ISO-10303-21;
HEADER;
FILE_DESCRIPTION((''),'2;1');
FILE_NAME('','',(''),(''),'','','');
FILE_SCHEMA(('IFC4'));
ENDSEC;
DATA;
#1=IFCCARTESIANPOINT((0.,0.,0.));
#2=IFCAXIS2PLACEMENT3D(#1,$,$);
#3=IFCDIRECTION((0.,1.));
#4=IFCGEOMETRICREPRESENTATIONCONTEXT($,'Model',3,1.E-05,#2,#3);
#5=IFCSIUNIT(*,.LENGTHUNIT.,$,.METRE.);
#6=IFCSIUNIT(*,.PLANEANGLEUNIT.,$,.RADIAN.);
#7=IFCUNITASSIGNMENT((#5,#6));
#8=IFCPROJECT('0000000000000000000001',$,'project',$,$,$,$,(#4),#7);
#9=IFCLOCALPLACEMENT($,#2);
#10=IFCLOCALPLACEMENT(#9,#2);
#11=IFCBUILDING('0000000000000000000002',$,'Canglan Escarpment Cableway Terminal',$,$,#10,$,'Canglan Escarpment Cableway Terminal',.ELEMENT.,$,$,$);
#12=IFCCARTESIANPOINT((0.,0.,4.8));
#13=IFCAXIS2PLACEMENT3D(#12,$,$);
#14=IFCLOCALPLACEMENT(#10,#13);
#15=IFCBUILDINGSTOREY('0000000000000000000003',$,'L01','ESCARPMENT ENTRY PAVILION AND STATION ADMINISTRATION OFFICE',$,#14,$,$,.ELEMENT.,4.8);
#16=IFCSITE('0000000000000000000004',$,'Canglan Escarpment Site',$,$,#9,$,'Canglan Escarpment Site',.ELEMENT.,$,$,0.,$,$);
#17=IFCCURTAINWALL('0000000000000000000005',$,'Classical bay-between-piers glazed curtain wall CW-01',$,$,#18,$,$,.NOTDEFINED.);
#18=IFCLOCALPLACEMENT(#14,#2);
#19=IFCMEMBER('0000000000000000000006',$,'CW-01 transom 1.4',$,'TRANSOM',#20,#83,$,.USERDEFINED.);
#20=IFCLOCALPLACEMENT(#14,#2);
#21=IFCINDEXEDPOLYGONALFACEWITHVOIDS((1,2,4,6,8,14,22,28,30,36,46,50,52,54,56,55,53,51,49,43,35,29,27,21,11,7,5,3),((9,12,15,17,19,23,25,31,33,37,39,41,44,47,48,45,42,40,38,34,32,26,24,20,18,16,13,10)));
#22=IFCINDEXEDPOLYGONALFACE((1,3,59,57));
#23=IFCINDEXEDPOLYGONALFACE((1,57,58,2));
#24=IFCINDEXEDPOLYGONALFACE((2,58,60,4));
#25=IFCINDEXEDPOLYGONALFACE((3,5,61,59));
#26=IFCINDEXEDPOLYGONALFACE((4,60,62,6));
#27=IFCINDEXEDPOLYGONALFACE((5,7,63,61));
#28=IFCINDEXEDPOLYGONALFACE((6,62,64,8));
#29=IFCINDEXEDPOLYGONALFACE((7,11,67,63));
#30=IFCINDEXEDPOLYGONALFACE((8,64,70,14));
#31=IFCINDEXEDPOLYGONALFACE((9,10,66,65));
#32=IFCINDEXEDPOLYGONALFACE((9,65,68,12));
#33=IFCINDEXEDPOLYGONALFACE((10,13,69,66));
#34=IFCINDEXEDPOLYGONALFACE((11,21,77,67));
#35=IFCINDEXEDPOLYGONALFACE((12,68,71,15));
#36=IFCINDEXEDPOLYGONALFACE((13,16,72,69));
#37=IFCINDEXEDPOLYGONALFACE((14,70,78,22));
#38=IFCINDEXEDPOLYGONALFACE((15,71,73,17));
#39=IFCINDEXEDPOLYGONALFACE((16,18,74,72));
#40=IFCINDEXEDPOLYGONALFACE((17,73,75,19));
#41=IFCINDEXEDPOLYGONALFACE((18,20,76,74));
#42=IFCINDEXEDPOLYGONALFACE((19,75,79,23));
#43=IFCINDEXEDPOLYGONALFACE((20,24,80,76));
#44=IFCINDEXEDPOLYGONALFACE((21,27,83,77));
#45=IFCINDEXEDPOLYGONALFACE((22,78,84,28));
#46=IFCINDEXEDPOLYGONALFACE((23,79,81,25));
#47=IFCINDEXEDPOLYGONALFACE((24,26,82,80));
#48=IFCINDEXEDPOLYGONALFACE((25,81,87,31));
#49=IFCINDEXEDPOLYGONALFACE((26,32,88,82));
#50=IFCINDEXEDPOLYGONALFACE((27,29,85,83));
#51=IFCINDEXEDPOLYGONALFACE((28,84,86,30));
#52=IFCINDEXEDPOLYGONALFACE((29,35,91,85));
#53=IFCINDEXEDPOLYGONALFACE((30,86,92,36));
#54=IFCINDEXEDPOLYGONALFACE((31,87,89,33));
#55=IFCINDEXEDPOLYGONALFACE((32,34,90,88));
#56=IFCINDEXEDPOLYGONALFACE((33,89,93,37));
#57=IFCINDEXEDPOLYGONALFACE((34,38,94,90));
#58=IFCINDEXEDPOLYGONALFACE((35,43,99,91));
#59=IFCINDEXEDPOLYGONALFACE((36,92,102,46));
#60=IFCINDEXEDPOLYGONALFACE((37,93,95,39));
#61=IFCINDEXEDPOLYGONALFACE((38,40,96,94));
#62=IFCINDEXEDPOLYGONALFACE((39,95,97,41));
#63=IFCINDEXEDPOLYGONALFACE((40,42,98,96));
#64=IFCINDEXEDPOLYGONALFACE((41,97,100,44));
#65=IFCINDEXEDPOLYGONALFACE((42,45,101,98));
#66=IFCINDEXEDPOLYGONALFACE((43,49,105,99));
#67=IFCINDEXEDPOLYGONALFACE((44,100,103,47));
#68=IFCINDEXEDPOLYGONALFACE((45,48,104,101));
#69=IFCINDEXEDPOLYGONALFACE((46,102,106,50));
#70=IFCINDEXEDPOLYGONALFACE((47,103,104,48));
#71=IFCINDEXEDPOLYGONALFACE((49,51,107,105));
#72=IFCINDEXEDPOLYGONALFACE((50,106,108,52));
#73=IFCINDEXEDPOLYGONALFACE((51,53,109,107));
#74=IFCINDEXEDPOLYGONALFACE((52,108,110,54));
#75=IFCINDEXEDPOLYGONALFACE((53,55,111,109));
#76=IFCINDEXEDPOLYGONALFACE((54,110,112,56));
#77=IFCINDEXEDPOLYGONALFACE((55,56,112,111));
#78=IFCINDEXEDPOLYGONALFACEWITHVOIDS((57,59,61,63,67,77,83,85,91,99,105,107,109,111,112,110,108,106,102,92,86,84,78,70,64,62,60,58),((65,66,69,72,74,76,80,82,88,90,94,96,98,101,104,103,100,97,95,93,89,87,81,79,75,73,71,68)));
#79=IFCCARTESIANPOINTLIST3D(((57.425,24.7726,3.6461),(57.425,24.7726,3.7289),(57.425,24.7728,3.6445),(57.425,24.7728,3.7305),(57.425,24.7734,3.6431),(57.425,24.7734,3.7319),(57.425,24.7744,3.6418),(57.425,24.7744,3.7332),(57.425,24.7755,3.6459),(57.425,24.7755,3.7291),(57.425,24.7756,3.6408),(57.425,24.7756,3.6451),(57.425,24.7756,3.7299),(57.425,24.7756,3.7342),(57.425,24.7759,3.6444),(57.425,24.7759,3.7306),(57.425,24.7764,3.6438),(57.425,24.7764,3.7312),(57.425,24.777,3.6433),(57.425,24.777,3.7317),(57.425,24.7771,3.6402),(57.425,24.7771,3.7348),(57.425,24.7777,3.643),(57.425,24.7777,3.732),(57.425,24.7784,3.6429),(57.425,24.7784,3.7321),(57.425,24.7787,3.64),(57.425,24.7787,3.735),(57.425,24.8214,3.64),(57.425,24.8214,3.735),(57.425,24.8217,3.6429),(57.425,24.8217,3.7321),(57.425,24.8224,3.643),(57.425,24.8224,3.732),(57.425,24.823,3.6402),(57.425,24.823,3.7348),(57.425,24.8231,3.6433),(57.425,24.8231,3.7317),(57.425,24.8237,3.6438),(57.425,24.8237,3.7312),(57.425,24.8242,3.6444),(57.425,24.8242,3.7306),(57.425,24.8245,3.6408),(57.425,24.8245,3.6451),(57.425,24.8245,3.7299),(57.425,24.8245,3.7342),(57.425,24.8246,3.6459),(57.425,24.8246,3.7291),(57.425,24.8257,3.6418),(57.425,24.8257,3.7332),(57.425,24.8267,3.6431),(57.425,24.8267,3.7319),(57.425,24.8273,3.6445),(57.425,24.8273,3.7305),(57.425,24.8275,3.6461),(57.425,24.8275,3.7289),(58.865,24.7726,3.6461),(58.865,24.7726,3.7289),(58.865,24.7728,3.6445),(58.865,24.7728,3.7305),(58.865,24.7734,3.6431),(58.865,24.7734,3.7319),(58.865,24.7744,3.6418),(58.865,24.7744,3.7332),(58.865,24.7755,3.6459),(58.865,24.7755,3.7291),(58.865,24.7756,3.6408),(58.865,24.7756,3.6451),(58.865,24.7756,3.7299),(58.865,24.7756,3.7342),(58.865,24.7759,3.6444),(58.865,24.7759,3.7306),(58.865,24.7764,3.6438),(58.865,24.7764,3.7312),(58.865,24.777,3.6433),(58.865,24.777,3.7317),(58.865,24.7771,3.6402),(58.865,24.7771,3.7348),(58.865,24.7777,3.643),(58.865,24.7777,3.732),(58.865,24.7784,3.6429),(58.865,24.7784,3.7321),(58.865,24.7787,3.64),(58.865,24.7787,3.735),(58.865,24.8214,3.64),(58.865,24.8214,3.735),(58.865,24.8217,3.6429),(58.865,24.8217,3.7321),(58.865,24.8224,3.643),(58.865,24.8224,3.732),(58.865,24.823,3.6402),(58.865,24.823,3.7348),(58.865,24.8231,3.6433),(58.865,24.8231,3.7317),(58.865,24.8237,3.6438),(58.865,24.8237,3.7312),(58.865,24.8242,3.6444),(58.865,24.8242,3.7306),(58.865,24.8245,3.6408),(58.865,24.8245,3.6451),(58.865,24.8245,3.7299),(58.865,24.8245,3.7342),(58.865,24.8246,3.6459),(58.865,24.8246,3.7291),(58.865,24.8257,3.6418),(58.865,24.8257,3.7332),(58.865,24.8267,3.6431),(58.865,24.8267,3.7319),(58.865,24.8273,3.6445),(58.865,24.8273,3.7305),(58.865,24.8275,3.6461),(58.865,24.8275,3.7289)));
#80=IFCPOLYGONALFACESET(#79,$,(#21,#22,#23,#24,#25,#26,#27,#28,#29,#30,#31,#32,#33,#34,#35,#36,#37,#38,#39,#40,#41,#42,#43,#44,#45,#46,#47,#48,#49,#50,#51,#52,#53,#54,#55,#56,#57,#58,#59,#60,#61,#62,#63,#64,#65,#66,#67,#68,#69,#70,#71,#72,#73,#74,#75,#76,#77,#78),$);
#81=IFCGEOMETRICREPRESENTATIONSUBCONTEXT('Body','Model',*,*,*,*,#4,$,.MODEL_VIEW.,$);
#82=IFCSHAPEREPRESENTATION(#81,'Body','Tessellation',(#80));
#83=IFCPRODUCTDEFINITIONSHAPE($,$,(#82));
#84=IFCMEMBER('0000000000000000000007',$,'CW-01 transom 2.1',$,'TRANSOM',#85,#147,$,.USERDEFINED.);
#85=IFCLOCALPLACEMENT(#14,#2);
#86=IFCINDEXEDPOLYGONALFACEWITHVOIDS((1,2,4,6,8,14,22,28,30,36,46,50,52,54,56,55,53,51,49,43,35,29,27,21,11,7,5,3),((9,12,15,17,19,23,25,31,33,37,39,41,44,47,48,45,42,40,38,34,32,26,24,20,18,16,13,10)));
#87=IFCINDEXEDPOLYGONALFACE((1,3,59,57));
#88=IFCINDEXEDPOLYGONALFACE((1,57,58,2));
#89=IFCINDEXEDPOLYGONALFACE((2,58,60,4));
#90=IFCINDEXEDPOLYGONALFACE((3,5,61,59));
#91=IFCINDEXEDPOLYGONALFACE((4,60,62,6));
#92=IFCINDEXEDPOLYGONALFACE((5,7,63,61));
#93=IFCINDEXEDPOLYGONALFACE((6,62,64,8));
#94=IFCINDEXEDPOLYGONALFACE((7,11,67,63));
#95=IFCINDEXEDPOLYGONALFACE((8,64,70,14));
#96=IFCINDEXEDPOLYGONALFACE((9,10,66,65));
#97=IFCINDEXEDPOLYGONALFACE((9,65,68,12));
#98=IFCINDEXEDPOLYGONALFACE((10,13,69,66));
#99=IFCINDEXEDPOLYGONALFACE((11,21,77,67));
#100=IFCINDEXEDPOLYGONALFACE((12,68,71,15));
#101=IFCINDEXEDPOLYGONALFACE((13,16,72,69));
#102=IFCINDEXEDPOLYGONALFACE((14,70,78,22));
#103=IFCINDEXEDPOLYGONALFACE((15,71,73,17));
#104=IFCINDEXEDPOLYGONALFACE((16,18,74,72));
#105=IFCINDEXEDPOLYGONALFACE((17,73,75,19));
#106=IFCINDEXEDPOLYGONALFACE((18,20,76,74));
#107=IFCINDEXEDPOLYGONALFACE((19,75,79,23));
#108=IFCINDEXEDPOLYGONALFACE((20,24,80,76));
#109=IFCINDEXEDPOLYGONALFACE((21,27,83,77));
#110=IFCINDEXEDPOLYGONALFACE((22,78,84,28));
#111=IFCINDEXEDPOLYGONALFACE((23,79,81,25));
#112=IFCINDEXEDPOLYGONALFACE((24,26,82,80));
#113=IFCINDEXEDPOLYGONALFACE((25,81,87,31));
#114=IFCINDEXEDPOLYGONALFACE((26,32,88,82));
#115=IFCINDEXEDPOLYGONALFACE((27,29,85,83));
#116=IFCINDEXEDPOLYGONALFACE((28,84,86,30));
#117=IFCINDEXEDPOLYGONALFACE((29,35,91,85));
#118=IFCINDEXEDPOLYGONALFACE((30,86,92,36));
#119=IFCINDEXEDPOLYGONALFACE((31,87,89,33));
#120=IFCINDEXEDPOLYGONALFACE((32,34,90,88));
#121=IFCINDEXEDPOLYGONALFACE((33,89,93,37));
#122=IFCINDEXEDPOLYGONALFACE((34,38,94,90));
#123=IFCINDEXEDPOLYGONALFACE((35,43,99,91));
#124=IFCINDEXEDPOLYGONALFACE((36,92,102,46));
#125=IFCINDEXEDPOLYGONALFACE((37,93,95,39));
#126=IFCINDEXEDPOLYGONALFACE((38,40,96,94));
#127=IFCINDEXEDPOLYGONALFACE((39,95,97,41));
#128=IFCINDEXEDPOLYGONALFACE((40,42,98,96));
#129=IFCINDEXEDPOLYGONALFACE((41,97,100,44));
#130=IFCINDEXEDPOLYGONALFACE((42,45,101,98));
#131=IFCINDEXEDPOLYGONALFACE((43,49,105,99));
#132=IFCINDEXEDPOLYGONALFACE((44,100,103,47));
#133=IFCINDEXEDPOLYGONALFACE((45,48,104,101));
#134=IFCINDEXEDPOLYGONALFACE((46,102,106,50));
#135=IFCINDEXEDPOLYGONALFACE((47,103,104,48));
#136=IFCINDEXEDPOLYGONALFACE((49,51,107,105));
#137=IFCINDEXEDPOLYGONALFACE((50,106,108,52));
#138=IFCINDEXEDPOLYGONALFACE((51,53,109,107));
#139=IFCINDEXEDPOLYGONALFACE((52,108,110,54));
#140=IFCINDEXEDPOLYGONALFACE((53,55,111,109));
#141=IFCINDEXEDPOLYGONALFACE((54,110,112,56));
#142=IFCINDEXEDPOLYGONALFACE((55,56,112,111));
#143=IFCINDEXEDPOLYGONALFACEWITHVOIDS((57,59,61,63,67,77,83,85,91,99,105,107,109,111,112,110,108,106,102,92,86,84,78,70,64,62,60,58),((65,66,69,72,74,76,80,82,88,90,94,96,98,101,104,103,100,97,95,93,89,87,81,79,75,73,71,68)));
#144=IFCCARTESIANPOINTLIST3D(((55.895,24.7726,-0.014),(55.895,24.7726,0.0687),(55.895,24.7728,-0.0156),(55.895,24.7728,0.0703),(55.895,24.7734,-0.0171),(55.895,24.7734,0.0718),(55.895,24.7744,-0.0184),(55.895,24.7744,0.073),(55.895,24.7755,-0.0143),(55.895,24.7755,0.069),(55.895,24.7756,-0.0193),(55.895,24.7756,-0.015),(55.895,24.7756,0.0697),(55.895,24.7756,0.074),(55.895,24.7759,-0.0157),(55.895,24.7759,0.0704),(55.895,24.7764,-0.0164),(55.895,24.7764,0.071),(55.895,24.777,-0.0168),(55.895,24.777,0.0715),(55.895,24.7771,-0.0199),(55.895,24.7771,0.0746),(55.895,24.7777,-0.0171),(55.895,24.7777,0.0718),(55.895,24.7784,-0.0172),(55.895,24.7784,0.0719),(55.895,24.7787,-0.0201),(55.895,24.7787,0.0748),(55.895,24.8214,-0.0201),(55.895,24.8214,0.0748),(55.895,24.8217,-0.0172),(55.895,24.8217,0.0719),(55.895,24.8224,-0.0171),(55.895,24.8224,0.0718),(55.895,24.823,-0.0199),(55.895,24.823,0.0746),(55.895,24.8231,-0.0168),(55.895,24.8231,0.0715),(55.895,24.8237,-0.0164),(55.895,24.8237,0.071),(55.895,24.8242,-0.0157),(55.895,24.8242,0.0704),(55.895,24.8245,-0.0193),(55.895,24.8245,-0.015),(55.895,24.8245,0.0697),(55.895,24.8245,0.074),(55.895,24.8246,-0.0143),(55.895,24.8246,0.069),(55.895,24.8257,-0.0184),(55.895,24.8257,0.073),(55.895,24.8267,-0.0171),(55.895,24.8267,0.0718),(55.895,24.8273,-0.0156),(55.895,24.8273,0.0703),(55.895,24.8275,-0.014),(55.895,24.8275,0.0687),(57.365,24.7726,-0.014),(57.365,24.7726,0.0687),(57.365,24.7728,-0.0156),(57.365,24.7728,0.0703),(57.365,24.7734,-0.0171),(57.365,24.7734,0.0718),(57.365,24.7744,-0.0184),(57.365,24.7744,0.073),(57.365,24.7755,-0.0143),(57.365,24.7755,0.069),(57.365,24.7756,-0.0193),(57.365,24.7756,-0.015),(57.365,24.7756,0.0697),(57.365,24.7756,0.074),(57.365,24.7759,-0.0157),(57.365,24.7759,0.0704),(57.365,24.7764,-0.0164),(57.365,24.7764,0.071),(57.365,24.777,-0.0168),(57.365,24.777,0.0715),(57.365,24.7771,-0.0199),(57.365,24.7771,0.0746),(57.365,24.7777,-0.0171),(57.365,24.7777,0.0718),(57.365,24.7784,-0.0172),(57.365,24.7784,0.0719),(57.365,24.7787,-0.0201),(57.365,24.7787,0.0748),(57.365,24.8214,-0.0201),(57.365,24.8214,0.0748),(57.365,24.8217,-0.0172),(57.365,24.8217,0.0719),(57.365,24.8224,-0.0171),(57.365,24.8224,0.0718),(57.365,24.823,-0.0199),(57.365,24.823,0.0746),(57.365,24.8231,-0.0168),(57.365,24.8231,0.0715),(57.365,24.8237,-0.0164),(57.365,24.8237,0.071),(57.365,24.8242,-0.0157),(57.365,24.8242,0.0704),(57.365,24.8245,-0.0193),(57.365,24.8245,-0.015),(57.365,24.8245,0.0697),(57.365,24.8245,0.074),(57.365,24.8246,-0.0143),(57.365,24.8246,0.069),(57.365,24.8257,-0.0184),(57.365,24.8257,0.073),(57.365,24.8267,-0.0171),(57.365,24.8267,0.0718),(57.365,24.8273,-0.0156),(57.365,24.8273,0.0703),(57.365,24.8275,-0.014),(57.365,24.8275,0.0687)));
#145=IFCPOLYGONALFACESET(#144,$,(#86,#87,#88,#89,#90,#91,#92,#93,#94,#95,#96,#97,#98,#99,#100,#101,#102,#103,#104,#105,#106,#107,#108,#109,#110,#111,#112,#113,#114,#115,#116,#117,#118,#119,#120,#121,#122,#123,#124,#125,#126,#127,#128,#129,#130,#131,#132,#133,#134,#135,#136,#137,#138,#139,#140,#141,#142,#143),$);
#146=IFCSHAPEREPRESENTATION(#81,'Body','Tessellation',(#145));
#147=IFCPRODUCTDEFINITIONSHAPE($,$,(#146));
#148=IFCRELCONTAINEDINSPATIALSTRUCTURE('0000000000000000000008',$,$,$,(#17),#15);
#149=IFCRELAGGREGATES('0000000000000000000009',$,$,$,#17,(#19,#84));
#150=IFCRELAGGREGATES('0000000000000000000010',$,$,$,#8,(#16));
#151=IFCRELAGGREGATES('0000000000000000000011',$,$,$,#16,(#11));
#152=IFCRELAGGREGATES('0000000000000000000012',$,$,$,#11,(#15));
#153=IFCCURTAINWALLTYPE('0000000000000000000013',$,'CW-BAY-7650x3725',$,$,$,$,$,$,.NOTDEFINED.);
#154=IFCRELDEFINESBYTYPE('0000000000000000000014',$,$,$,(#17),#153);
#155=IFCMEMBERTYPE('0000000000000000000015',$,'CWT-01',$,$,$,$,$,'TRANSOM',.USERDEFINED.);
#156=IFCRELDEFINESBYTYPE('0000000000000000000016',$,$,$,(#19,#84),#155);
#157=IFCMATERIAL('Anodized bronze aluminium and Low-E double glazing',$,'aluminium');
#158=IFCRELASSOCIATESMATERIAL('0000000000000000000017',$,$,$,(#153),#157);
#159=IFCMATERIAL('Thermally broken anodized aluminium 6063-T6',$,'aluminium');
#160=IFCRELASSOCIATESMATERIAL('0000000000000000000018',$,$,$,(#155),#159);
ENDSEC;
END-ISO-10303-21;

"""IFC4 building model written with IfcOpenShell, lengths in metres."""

from ifc_helpers import new_model, si_unit, direction, frame, origin, origin_2d, place, context, subcontext, project, spatial, hollow_rectangle, extrude, material, material_profile, profile_set, type_object, element, aggregate, save


model = new_model("IFC4")

# Units and contexts
model_context = context("Model", 3, precision=1e-05, world=origin(), true_north=direction((0.0, 1.0)))
body_context = subcontext(model_context, "Body", "Model", "MODEL_VIEW")
ifc_project = project(units=[si_unit("LENGTHUNIT", "METRE"), si_unit("PLANEANGLEUNIT", "RADIAN")], contexts=[model_context])

# Site, building, storey
site_placement = place(None, origin())
site = spatial("IfcSite", under=ifc_project, at=site_placement, Name="Canglan Escarpment Site", LongName="Canglan Escarpment Site", CompositionType="ELEMENT", RefElevation=0.0)
building_placement = place(site_placement, origin())
building = spatial("IfcBuilding", under=site, at=building_placement, Name="Canglan Escarpment Cableway Terminal", LongName="Canglan Escarpment Cableway Terminal", CompositionType="ELEMENT")
storey_placement = place(building_placement, frame((0.0, 0.0, 4.8)))
storey = spatial("IfcBuildingStorey", under=building, at=storey_placement, Name="L01", Description="ESCARPMENT ENTRY PAVILION AND STATION ADMINISTRATION OFFICE", CompositionType="ELEMENT", Elevation=4.8)

# Curtain wall, members
ifc_material_1 = material(Name="Anodized bronze aluminium and Low-E double glazing", Category="aluminium")
curtain_wall_type = type_object("IfcCurtainWallType", Name="CW-BAY-7650x3725", PredefinedType="NOTDEFINED", material=ifc_material_1)
curtain_wall_placement = place(storey_placement, origin())
curtain_wall = element("IfcCurtainWall", 1, at=curtain_wall_placement, inside=storey, type_object=curtain_wall_type, Name="Classical bay-between-piers glazed curtain wall CW-01", PredefinedType="NOTDEFINED")
ifc_material_2 = material(Name="Thermally broken anodized aluminium 6063-T6", Category="aluminium")
ifc_material_profile_1 = material_profile(ifc_material_2, hollow_rectangle(XDim=0.0549, YDim=0.095, WallThickness=0.0029, InnerFilletRadius=0.0029, OuterFilletRadius=0.0061, at=origin_2d()), Name="ALU-TRAN 55x95x3")
ifc_profile_set_1 = profile_set([ifc_material_profile_1], Name="Thermally broken anodized aluminium 6063-T6")
member_type_1 = type_object("IfcMemberType", Name="CWT-01", ElementType="TRANSOM", PredefinedType="USERDEFINED", material=ifc_profile_set_1)
member_1_placement = place(storey_placement, frame((58.865, 24.8, 3.6875), z_axis=(-1.0, 0.0, 0.0), x_axis=(0.0, -1.0, 0.0)))
member_1 = element("IfcMember", 2, at=member_1_placement, type_object=member_type_1, Name="CW-01 transom 1.4", ObjectType="TRANSOM", PredefinedType="USERDEFINED", context=body_context, shape_type="SweptSolid", body=[
    extrude(hollow_rectangle(XDim=0.0549, YDim=0.095, WallThickness=0.0029, InnerFilletRadius=0.0029, OuterFilletRadius=0.0061, at=origin_2d()), origin(), (0.0, 0.0, 1.0), 1.4399),
])
member_2_placement = place(storey_placement, frame((57.365, 24.8, 0.0273), z_axis=(-1.0, 0.0, 0.0), x_axis=(0.0, -1.0, 0.0)))
member_2 = element("IfcMember", 3, at=member_2_placement, type_object=member_type_1, Name="CW-01 transom 2.1", ObjectType="TRANSOM", PredefinedType="USERDEFINED", context=body_context, shape_type="SweptSolid", body=[
    extrude(hollow_rectangle(XDim=0.0549, YDim=0.095, WallThickness=0.0029, InnerFilletRadius=0.0029, OuterFilletRadius=0.0061, at=origin_2d()), origin(), (0.0, 0.0, 1.0), 1.47),
])

aggregate(curtain_wall, [member_1, member_2])

save(model, "model.ifc")
